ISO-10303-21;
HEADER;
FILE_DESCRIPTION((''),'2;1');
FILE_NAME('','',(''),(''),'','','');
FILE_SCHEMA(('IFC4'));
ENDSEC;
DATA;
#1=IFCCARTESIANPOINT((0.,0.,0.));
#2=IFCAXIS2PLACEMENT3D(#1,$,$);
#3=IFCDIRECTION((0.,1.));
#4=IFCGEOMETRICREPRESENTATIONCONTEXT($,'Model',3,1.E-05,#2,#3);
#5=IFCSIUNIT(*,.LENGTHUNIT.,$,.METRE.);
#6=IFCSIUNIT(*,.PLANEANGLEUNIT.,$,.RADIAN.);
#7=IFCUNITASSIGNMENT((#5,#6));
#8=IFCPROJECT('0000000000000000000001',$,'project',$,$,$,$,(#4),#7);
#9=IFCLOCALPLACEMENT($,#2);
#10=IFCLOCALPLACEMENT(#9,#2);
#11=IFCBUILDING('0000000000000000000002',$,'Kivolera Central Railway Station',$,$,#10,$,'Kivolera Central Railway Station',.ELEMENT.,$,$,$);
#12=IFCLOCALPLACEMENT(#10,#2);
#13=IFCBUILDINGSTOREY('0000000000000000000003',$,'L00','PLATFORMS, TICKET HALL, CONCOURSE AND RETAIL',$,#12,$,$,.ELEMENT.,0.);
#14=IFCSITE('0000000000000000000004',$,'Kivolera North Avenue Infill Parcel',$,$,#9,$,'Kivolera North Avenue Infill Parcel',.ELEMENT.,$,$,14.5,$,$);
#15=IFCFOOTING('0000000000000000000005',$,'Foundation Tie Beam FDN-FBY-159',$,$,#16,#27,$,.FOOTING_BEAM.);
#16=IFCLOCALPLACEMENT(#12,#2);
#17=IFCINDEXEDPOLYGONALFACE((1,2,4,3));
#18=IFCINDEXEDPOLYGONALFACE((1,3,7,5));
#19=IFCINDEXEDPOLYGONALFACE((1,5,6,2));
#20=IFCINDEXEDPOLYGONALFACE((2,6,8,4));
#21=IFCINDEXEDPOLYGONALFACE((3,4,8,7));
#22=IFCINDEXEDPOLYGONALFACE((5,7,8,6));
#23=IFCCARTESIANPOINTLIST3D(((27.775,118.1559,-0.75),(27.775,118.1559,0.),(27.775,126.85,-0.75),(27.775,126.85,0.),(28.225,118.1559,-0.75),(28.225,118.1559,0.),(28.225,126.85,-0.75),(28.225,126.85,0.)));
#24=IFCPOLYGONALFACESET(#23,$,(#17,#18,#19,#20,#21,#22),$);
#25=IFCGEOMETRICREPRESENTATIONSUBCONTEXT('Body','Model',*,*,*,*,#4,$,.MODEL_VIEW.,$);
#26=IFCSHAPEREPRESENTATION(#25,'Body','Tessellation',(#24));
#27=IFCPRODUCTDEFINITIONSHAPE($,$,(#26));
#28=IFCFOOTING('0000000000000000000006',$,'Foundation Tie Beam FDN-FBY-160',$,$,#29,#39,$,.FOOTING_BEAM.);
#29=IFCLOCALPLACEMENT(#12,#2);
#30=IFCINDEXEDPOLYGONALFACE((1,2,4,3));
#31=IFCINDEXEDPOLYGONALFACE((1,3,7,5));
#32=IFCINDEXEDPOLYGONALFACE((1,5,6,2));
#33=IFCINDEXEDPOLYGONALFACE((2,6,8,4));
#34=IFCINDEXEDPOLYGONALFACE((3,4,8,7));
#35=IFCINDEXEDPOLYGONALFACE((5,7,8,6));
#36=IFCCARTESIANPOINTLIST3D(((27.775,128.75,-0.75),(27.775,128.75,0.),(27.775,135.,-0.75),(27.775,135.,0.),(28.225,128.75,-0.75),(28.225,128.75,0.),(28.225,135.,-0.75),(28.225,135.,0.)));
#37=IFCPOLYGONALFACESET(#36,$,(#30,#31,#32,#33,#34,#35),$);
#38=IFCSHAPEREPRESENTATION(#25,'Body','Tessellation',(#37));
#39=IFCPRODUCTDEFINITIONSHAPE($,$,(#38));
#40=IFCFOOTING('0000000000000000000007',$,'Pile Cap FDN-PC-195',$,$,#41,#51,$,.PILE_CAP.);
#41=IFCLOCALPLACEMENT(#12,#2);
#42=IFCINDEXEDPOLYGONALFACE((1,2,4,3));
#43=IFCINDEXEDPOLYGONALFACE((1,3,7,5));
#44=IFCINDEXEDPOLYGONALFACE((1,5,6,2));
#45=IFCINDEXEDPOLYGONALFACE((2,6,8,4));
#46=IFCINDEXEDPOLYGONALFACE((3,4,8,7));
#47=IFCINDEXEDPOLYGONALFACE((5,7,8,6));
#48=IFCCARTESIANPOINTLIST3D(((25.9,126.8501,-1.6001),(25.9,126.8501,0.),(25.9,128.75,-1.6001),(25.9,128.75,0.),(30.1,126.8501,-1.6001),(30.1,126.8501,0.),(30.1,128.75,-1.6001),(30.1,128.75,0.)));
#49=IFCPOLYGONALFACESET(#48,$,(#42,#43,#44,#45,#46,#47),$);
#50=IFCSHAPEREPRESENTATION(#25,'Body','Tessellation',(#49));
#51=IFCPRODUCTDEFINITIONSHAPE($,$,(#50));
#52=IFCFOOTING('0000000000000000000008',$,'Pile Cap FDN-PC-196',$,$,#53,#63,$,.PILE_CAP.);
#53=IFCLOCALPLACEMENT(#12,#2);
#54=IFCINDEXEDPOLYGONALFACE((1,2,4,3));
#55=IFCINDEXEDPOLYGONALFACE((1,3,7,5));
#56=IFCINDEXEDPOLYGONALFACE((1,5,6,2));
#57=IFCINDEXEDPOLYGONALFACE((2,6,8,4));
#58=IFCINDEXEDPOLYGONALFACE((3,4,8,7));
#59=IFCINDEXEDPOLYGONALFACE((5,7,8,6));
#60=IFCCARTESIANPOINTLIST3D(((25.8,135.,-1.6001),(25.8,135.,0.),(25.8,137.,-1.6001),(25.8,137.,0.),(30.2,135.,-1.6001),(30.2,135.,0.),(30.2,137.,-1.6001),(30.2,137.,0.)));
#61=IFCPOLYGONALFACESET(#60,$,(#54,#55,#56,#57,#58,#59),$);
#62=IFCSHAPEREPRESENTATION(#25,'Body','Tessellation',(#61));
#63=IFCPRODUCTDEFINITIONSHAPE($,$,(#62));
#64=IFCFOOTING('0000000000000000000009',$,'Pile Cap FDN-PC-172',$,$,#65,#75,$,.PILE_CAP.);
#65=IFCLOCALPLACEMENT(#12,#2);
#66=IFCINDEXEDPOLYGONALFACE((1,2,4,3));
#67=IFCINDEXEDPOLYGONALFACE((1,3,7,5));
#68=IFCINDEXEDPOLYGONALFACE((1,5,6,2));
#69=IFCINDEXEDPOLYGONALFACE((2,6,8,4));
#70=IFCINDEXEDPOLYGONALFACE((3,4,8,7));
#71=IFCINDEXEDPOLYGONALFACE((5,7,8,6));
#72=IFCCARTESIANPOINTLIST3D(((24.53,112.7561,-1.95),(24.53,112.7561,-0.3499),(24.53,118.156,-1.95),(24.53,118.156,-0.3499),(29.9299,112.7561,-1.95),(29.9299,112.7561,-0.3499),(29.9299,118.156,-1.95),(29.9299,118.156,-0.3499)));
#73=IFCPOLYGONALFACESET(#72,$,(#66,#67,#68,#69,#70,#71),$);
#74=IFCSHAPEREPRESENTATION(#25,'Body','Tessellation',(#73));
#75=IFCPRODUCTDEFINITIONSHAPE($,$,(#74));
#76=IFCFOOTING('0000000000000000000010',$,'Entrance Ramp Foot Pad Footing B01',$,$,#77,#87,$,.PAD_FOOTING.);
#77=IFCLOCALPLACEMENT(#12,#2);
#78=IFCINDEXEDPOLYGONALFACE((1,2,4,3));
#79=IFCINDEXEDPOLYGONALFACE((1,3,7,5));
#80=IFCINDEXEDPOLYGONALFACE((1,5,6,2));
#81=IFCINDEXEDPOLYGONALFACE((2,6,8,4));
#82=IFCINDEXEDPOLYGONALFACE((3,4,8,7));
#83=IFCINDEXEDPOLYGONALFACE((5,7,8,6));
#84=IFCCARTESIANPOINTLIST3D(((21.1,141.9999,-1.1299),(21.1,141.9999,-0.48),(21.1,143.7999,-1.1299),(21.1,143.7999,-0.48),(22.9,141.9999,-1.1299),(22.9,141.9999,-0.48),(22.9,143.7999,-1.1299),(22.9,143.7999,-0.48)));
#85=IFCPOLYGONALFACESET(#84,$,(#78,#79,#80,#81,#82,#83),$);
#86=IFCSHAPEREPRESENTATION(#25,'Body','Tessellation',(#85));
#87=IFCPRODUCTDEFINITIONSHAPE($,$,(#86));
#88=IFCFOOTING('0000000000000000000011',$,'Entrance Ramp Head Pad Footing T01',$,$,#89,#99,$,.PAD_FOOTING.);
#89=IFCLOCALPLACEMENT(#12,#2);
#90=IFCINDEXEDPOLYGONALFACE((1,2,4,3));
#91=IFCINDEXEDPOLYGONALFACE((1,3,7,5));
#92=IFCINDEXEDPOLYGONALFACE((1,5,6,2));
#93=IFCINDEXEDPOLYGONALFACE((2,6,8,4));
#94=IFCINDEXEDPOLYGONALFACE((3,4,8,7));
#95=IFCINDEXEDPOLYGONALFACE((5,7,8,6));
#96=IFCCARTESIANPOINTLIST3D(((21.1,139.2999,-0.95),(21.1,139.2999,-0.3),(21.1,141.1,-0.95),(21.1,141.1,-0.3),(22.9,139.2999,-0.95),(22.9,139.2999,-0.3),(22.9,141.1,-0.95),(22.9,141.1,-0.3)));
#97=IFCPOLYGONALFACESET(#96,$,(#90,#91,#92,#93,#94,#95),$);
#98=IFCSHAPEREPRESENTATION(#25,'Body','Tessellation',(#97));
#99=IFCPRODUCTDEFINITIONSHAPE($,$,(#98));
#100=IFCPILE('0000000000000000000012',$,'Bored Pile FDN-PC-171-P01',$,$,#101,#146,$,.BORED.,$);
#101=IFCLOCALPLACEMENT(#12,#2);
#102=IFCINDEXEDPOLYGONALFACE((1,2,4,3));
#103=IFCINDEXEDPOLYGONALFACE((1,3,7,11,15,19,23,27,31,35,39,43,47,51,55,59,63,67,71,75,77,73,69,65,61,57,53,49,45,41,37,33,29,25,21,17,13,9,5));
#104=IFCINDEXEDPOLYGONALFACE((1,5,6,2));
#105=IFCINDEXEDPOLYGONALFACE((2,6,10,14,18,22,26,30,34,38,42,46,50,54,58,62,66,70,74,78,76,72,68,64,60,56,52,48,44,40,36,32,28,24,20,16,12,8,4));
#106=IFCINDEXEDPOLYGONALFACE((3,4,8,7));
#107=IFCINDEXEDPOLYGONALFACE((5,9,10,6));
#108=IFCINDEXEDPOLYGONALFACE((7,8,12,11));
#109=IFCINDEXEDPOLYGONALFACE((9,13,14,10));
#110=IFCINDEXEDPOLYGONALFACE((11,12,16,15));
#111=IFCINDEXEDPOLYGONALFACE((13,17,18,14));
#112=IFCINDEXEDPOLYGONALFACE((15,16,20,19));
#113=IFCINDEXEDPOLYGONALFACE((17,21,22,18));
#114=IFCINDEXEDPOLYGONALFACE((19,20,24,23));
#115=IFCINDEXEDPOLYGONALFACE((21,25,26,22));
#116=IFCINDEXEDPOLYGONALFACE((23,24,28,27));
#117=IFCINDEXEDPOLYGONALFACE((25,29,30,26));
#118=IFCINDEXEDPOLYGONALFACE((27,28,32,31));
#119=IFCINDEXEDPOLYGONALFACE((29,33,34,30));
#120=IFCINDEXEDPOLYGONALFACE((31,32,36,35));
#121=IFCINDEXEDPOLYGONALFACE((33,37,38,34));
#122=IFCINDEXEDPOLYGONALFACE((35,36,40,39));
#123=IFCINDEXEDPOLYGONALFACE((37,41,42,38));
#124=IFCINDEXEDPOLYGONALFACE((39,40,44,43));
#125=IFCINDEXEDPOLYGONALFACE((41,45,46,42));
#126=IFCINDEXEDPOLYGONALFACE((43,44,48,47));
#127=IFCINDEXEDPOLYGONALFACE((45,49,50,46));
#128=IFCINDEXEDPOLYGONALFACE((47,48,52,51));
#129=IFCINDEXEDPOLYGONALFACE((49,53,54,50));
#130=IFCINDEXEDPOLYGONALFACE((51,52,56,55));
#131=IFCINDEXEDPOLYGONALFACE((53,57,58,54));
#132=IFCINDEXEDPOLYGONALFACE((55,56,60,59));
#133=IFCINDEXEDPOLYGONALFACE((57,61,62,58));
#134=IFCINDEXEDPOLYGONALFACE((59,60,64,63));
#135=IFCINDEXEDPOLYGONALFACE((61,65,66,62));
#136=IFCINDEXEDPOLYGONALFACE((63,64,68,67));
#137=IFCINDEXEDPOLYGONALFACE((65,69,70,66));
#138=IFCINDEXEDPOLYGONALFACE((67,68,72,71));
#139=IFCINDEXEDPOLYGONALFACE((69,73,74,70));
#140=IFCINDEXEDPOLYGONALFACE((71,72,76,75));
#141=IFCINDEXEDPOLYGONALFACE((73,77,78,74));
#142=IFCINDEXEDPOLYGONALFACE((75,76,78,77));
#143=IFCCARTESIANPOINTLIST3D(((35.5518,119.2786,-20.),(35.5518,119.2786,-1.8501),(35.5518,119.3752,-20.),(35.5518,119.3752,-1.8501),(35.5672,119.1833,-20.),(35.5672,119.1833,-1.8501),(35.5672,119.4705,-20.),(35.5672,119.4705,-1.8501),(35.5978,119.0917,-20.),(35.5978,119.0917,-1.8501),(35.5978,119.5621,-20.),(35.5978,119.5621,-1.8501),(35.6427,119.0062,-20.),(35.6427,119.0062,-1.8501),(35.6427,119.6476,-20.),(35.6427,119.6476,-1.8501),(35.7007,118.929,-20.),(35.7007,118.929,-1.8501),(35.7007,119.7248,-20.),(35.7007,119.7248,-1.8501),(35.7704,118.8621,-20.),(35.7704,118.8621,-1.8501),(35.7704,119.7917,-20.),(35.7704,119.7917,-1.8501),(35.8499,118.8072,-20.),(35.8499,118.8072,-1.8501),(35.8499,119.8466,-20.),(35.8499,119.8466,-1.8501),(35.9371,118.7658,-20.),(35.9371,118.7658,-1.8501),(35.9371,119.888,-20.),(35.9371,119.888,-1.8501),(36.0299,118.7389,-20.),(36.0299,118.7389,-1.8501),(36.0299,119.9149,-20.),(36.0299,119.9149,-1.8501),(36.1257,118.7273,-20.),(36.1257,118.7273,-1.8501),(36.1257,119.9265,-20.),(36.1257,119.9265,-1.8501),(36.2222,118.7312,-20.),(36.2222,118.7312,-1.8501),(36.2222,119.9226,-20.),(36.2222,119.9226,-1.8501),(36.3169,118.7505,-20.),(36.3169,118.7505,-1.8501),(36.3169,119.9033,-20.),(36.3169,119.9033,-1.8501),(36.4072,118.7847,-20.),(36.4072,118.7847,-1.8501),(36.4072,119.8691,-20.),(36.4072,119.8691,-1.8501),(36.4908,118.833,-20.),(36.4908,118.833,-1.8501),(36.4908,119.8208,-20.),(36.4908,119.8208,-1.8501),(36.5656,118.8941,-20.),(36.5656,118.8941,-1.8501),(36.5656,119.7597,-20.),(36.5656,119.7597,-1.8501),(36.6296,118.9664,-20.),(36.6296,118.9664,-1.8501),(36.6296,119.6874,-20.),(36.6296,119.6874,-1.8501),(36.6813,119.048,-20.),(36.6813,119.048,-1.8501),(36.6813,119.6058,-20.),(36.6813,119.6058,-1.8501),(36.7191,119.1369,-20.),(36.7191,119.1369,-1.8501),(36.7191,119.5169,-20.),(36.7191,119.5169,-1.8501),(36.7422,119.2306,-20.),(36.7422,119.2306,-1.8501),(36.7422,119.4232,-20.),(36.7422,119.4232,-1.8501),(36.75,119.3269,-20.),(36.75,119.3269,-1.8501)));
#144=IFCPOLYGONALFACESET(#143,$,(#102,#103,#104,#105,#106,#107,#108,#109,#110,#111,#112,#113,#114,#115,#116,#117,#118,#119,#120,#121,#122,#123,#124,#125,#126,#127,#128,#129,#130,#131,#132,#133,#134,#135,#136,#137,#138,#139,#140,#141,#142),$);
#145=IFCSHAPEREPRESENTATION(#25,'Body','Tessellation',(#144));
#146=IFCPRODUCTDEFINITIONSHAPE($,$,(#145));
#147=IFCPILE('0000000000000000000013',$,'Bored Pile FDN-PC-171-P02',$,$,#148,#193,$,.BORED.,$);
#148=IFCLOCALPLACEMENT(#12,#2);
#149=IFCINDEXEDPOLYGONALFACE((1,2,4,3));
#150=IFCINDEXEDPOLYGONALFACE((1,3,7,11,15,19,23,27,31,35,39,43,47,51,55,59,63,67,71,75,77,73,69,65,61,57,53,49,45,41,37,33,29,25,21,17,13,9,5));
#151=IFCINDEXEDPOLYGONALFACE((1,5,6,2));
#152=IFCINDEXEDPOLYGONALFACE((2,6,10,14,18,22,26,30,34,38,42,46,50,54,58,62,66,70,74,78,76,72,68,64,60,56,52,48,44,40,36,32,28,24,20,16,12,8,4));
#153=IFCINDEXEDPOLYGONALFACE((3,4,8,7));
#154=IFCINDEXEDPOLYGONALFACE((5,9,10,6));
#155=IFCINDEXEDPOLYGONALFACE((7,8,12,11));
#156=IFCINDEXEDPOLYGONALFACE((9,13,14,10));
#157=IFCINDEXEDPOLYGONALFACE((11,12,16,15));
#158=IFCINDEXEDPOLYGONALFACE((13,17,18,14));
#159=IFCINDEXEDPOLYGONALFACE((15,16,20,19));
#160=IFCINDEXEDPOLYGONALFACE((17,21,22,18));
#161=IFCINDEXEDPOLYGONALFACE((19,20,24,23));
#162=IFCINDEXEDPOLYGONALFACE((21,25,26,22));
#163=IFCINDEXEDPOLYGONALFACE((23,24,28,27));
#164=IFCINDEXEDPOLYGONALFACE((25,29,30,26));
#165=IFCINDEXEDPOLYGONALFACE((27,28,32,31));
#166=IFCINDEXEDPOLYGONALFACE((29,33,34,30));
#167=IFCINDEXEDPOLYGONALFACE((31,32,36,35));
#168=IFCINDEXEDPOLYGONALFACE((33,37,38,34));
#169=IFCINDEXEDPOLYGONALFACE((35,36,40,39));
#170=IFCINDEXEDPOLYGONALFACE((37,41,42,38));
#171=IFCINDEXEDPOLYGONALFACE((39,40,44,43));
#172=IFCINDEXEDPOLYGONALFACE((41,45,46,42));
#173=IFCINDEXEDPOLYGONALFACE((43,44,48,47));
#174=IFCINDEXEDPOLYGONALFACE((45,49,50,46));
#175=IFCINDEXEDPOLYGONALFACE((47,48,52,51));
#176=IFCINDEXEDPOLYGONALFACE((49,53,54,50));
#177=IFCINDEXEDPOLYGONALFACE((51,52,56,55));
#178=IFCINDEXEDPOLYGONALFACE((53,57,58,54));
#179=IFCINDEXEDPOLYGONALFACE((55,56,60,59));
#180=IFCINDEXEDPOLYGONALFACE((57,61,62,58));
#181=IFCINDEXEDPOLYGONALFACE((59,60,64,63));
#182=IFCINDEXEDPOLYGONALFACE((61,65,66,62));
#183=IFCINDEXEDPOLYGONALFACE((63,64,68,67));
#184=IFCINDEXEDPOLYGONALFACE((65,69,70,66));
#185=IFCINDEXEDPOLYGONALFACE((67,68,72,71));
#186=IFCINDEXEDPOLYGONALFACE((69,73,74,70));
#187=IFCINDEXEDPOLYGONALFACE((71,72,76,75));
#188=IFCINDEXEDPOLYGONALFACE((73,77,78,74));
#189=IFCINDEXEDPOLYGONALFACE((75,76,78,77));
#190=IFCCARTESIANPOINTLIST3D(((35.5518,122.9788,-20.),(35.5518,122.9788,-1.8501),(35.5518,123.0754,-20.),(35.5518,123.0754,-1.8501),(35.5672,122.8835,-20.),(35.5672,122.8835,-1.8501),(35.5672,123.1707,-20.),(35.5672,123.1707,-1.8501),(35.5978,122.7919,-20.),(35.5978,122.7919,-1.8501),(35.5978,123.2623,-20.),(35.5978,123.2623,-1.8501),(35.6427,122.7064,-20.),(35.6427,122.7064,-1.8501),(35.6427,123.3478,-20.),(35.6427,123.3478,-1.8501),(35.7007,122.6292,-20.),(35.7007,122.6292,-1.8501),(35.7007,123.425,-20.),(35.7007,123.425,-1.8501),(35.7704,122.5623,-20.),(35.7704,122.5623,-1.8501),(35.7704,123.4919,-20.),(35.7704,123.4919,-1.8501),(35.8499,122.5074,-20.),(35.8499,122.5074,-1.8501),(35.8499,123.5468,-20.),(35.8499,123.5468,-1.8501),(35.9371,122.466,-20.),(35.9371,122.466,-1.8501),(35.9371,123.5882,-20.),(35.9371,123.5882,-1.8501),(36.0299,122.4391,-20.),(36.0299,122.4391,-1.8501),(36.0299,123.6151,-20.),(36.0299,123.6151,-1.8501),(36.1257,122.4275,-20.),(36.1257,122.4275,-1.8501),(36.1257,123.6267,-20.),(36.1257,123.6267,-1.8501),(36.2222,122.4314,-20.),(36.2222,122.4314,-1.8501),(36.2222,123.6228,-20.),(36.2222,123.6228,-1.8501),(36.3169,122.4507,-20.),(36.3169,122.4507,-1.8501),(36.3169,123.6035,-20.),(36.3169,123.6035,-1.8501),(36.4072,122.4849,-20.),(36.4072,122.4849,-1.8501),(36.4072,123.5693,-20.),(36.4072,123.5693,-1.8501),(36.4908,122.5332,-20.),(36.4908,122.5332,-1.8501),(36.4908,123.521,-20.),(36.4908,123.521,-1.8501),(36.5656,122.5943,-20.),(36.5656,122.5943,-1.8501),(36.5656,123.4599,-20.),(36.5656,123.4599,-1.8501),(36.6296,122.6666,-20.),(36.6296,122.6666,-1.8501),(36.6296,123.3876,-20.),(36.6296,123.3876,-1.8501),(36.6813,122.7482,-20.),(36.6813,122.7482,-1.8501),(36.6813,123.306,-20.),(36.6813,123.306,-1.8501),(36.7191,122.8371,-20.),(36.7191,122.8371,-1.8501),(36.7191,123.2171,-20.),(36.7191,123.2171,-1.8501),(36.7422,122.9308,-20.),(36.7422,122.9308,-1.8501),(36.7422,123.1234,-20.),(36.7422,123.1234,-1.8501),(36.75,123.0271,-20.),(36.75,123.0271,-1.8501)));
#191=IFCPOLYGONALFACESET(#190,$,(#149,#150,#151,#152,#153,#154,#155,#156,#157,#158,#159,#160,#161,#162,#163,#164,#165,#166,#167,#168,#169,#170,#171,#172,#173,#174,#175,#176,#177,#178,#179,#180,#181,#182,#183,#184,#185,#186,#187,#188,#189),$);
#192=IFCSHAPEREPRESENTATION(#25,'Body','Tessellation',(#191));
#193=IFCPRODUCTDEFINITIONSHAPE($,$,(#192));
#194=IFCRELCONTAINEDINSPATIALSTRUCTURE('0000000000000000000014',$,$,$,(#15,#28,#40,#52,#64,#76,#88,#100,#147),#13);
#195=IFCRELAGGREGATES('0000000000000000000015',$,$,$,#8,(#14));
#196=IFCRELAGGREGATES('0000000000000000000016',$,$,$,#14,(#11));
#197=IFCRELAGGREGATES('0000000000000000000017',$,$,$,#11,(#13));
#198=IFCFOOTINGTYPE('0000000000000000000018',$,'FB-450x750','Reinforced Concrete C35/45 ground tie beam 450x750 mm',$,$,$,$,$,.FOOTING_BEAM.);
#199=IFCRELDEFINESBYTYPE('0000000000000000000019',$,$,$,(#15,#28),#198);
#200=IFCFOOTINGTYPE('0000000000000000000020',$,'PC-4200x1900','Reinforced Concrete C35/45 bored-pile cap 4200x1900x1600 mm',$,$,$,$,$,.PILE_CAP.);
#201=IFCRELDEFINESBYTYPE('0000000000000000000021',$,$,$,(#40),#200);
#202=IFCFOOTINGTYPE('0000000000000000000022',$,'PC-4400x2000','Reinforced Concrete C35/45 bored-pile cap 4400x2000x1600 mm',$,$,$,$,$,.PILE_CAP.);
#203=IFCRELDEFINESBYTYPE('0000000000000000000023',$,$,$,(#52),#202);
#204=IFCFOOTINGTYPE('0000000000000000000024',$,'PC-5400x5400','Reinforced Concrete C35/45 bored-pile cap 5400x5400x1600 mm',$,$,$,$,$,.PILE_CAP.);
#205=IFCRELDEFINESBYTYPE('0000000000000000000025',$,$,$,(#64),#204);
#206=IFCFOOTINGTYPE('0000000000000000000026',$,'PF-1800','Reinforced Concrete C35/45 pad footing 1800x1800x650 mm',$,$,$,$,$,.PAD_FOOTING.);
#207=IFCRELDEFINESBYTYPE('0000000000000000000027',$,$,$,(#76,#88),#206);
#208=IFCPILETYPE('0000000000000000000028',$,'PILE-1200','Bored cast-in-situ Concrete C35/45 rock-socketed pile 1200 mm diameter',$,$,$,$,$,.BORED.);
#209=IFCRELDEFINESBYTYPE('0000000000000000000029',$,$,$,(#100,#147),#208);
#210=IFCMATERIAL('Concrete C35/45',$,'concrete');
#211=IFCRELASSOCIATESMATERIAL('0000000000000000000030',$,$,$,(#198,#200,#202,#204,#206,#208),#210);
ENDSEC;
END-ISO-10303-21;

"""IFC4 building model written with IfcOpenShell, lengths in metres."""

from ifc_helpers import new_model, si_unit, direction, frame, origin, origin_2d, place, context, subcontext, project, spatial, rectangle, circle, extrude, material, material_profile, profile_set, type_object, element, save


model = new_model("IFC4")

# Units and contexts
model_context = context("Model", 3, precision=1e-05, world=origin(), true_north=direction((0.0, 1.0)))
body_context = subcontext(model_context, "Body", "Model", "MODEL_VIEW")
ifc_project = project(units=[si_unit("LENGTHUNIT", "METRE"), si_unit("PLANEANGLEUNIT", "RADIAN")], contexts=[model_context])

# Site, building, storey
site_placement = place(None, origin())
site = spatial("IfcSite", under=ifc_project, at=site_placement, Name="Kivolera North Avenue Infill Parcel", LongName="Kivolera North Avenue Infill Parcel", CompositionType="ELEMENT", RefElevation=14.5)
building_placement = place(site_placement, origin())
building = spatial("IfcBuilding", under=site, at=building_placement, Name="Kivolera Central Railway Station", LongName="Kivolera Central Railway Station", CompositionType="ELEMENT")
storey_placement = place(building_placement, origin())
storey = spatial("IfcBuildingStorey", under=building, at=storey_placement, Name="L00", Description="PLATFORMS, TICKET HALL, CONCOURSE AND RETAIL", CompositionType="ELEMENT", Elevation=0.0)

# Footings
ifc_material_1 = material(Name="Concrete C35/45", Category="concrete")
footing_type_1 = type_object("IfcFootingType", Name="FB-450x750", Description="Reinforced Concrete C35/45 ground tie beam 450x750 mm", PredefinedType="FOOTING_BEAM", material=ifc_material_1)
footing_1_placement = place(storey_placement, frame((28.0, 122.5029, -0.75), z_axis=(0.0, 0.0, 1.0), x_axis=(1.0, 0.0, 0.0)))
element("IfcFooting", 1, at=footing_1_placement, inside=storey, type_object=footing_type_1, Name="Foundation Tie Beam FDN-FBY-159", PredefinedType="FOOTING_BEAM", context=body_context, shape_type="SweptSolid", body=[
    extrude(rectangle(XDim=0.45, YDim=8.6941, at=origin_2d()), origin(), (0.0, 0.0, 1.0), 0.75),
])
footing_2_placement = place(storey_placement, frame((28.0, 131.875, -0.75), z_axis=(0.0, 0.0, 1.0), x_axis=(1.0, 0.0, 0.0)))
element("IfcFooting", 2, at=footing_2_placement, inside=storey, type_object=footing_type_1, Name="Foundation Tie Beam FDN-FBY-160", PredefinedType="FOOTING_BEAM", context=body_context, shape_type="SweptSolid", body=[
    extrude(rectangle(XDim=0.45, YDim=6.25, at=origin_2d()), origin(), (0.0, 0.0, 1.0), 0.75),
])
footing_type_2 = type_object("IfcFootingType", Name="PC-4200x1900", Description="Reinforced Concrete C35/45 bored-pile cap 4200x1900x1600 mm", PredefinedType="PILE_CAP", material=ifc_material_1)
footing_3_placement = place(storey_placement, frame((28.0, 127.8, -1.6001), z_axis=(0.0, 0.0, 1.0), x_axis=(1.0, 0.0, 0.0)))
element("IfcFooting", 3, at=footing_3_placement, inside=storey, type_object=footing_type_2, Name="Pile Cap FDN-PC-195", PredefinedType="PILE_CAP", context=body_context, shape_type="SweptSolid", body=[
    extrude(rectangle(XDim=4.2, YDim=1.8999, at=origin_2d()), origin(), (0.0, 0.0, 1.0), 1.6001),
])
footing_type_3 = type_object("IfcFootingType", Name="PC-4400x2000", Description="Reinforced Concrete C35/45 bored-pile cap 4400x2000x1600 mm", PredefinedType="PILE_CAP", material=ifc_material_1)
footing_4_placement = place(storey_placement, frame((28.0, 136.0, -1.6001), z_axis=(0.0, 0.0, 1.0), x_axis=(1.0, 0.0, 0.0)))
element("IfcFooting", 4, at=footing_4_placement, inside=storey, type_object=footing_type_3, Name="Pile Cap FDN-PC-196", PredefinedType="PILE_CAP", context=body_context, shape_type="SweptSolid", body=[
    extrude(rectangle(XDim=4.3999, YDim=2.0, at=origin_2d()), origin(), (0.0, 0.0, 1.0), 1.6001),
])
footing_type_4 = type_object("IfcFootingType", Name="PC-5400x5400", Description="Reinforced Concrete C35/45 bored-pile cap 5400x5400x1600 mm", PredefinedType="PILE_CAP", material=ifc_material_1)
footing_5_placement = place(storey_placement, frame((27.23, 115.4561, -1.95), z_axis=(0.0, 0.0, 1.0), x_axis=(1.0, 0.0, 0.0)))
element("IfcFooting", 5, at=footing_5_placement, inside=storey, type_object=footing_type_4, Name="Pile Cap FDN-PC-172", PredefinedType="PILE_CAP", context=body_context, shape_type="SweptSolid", body=[
    extrude(rectangle(XDim=5.3999, YDim=5.3999, at=origin_2d()), origin(), (0.0, 0.0, 1.0), 1.6001),
])
footing_type_5 = type_object("IfcFootingType", Name="PF-1800", Description="Reinforced Concrete C35/45 pad footing 1800x1800x650 mm", PredefinedType="PAD_FOOTING", material=ifc_material_1)
for number, where, z_axis, x_axis, name in (
    (6, (22.0, 142.8999, -1.1299), (0.0, 0.0, 1.0), (1.0, 0.0, 0.0), "Entrance Ramp Foot Pad Footing B01"),
    (7, (22.0, 140.2, -0.95), (0.0, 0.0, 1.0), (1.0, 0.0, 0.0), "Entrance Ramp Head Pad Footing T01"),
):
    element("IfcFooting", number, at=place(storey_placement, frame(where, z_axis=z_axis, x_axis=x_axis)), inside=storey, type_object=footing_type_5, Name=name, PredefinedType="PAD_FOOTING", context=body_context, shape_type="SweptSolid", body=[
        extrude(rectangle(XDim=1.8, YDim=1.8, at=origin_2d()), origin(), (0.0, 0.0, 1.0), 0.6499),
    ])

# Piles
ifc_material_profile_1 = material_profile(ifc_material_1, circle(Radius=0.6001, at=origin_2d()), Name="PILE D1200")
ifc_profile_set_1 = profile_set([ifc_material_profile_1], Name="Concrete C35/45")
pile_type_1 = type_object("IfcPileType", Name="PILE-1200", Description="Bored cast-in-situ Concrete C35/45 rock-socketed pile 1200 mm diameter", PredefinedType="BORED", material=ifc_profile_set_1)
for number, where, z_axis, x_axis, name in (
    (8, (36.1499, 119.3269, -1.8501), (0.0, 0.0, -1.0), (1.0, 0.0, 0.0), "Bored Pile FDN-PC-171-P01"),
    (9, (36.1499, 123.0271, -1.8501), (0.0, 0.0, -1.0), (1.0, 0.0, 0.0), "Bored Pile FDN-PC-171-P02"),
):
    element("IfcPile", number, at=place(storey_placement, frame(where, z_axis=z_axis, x_axis=x_axis)), inside=storey, type_object=pile_type_1, Name=name, PredefinedType="BORED", context=body_context, shape_type="SweptSolid", body=[
        extrude(circle(Radius=0.6001, at=origin_2d()), origin(), (0.0, 0.0, 1.0), 18.1499),
    ])

save(model, "model.ifc")
